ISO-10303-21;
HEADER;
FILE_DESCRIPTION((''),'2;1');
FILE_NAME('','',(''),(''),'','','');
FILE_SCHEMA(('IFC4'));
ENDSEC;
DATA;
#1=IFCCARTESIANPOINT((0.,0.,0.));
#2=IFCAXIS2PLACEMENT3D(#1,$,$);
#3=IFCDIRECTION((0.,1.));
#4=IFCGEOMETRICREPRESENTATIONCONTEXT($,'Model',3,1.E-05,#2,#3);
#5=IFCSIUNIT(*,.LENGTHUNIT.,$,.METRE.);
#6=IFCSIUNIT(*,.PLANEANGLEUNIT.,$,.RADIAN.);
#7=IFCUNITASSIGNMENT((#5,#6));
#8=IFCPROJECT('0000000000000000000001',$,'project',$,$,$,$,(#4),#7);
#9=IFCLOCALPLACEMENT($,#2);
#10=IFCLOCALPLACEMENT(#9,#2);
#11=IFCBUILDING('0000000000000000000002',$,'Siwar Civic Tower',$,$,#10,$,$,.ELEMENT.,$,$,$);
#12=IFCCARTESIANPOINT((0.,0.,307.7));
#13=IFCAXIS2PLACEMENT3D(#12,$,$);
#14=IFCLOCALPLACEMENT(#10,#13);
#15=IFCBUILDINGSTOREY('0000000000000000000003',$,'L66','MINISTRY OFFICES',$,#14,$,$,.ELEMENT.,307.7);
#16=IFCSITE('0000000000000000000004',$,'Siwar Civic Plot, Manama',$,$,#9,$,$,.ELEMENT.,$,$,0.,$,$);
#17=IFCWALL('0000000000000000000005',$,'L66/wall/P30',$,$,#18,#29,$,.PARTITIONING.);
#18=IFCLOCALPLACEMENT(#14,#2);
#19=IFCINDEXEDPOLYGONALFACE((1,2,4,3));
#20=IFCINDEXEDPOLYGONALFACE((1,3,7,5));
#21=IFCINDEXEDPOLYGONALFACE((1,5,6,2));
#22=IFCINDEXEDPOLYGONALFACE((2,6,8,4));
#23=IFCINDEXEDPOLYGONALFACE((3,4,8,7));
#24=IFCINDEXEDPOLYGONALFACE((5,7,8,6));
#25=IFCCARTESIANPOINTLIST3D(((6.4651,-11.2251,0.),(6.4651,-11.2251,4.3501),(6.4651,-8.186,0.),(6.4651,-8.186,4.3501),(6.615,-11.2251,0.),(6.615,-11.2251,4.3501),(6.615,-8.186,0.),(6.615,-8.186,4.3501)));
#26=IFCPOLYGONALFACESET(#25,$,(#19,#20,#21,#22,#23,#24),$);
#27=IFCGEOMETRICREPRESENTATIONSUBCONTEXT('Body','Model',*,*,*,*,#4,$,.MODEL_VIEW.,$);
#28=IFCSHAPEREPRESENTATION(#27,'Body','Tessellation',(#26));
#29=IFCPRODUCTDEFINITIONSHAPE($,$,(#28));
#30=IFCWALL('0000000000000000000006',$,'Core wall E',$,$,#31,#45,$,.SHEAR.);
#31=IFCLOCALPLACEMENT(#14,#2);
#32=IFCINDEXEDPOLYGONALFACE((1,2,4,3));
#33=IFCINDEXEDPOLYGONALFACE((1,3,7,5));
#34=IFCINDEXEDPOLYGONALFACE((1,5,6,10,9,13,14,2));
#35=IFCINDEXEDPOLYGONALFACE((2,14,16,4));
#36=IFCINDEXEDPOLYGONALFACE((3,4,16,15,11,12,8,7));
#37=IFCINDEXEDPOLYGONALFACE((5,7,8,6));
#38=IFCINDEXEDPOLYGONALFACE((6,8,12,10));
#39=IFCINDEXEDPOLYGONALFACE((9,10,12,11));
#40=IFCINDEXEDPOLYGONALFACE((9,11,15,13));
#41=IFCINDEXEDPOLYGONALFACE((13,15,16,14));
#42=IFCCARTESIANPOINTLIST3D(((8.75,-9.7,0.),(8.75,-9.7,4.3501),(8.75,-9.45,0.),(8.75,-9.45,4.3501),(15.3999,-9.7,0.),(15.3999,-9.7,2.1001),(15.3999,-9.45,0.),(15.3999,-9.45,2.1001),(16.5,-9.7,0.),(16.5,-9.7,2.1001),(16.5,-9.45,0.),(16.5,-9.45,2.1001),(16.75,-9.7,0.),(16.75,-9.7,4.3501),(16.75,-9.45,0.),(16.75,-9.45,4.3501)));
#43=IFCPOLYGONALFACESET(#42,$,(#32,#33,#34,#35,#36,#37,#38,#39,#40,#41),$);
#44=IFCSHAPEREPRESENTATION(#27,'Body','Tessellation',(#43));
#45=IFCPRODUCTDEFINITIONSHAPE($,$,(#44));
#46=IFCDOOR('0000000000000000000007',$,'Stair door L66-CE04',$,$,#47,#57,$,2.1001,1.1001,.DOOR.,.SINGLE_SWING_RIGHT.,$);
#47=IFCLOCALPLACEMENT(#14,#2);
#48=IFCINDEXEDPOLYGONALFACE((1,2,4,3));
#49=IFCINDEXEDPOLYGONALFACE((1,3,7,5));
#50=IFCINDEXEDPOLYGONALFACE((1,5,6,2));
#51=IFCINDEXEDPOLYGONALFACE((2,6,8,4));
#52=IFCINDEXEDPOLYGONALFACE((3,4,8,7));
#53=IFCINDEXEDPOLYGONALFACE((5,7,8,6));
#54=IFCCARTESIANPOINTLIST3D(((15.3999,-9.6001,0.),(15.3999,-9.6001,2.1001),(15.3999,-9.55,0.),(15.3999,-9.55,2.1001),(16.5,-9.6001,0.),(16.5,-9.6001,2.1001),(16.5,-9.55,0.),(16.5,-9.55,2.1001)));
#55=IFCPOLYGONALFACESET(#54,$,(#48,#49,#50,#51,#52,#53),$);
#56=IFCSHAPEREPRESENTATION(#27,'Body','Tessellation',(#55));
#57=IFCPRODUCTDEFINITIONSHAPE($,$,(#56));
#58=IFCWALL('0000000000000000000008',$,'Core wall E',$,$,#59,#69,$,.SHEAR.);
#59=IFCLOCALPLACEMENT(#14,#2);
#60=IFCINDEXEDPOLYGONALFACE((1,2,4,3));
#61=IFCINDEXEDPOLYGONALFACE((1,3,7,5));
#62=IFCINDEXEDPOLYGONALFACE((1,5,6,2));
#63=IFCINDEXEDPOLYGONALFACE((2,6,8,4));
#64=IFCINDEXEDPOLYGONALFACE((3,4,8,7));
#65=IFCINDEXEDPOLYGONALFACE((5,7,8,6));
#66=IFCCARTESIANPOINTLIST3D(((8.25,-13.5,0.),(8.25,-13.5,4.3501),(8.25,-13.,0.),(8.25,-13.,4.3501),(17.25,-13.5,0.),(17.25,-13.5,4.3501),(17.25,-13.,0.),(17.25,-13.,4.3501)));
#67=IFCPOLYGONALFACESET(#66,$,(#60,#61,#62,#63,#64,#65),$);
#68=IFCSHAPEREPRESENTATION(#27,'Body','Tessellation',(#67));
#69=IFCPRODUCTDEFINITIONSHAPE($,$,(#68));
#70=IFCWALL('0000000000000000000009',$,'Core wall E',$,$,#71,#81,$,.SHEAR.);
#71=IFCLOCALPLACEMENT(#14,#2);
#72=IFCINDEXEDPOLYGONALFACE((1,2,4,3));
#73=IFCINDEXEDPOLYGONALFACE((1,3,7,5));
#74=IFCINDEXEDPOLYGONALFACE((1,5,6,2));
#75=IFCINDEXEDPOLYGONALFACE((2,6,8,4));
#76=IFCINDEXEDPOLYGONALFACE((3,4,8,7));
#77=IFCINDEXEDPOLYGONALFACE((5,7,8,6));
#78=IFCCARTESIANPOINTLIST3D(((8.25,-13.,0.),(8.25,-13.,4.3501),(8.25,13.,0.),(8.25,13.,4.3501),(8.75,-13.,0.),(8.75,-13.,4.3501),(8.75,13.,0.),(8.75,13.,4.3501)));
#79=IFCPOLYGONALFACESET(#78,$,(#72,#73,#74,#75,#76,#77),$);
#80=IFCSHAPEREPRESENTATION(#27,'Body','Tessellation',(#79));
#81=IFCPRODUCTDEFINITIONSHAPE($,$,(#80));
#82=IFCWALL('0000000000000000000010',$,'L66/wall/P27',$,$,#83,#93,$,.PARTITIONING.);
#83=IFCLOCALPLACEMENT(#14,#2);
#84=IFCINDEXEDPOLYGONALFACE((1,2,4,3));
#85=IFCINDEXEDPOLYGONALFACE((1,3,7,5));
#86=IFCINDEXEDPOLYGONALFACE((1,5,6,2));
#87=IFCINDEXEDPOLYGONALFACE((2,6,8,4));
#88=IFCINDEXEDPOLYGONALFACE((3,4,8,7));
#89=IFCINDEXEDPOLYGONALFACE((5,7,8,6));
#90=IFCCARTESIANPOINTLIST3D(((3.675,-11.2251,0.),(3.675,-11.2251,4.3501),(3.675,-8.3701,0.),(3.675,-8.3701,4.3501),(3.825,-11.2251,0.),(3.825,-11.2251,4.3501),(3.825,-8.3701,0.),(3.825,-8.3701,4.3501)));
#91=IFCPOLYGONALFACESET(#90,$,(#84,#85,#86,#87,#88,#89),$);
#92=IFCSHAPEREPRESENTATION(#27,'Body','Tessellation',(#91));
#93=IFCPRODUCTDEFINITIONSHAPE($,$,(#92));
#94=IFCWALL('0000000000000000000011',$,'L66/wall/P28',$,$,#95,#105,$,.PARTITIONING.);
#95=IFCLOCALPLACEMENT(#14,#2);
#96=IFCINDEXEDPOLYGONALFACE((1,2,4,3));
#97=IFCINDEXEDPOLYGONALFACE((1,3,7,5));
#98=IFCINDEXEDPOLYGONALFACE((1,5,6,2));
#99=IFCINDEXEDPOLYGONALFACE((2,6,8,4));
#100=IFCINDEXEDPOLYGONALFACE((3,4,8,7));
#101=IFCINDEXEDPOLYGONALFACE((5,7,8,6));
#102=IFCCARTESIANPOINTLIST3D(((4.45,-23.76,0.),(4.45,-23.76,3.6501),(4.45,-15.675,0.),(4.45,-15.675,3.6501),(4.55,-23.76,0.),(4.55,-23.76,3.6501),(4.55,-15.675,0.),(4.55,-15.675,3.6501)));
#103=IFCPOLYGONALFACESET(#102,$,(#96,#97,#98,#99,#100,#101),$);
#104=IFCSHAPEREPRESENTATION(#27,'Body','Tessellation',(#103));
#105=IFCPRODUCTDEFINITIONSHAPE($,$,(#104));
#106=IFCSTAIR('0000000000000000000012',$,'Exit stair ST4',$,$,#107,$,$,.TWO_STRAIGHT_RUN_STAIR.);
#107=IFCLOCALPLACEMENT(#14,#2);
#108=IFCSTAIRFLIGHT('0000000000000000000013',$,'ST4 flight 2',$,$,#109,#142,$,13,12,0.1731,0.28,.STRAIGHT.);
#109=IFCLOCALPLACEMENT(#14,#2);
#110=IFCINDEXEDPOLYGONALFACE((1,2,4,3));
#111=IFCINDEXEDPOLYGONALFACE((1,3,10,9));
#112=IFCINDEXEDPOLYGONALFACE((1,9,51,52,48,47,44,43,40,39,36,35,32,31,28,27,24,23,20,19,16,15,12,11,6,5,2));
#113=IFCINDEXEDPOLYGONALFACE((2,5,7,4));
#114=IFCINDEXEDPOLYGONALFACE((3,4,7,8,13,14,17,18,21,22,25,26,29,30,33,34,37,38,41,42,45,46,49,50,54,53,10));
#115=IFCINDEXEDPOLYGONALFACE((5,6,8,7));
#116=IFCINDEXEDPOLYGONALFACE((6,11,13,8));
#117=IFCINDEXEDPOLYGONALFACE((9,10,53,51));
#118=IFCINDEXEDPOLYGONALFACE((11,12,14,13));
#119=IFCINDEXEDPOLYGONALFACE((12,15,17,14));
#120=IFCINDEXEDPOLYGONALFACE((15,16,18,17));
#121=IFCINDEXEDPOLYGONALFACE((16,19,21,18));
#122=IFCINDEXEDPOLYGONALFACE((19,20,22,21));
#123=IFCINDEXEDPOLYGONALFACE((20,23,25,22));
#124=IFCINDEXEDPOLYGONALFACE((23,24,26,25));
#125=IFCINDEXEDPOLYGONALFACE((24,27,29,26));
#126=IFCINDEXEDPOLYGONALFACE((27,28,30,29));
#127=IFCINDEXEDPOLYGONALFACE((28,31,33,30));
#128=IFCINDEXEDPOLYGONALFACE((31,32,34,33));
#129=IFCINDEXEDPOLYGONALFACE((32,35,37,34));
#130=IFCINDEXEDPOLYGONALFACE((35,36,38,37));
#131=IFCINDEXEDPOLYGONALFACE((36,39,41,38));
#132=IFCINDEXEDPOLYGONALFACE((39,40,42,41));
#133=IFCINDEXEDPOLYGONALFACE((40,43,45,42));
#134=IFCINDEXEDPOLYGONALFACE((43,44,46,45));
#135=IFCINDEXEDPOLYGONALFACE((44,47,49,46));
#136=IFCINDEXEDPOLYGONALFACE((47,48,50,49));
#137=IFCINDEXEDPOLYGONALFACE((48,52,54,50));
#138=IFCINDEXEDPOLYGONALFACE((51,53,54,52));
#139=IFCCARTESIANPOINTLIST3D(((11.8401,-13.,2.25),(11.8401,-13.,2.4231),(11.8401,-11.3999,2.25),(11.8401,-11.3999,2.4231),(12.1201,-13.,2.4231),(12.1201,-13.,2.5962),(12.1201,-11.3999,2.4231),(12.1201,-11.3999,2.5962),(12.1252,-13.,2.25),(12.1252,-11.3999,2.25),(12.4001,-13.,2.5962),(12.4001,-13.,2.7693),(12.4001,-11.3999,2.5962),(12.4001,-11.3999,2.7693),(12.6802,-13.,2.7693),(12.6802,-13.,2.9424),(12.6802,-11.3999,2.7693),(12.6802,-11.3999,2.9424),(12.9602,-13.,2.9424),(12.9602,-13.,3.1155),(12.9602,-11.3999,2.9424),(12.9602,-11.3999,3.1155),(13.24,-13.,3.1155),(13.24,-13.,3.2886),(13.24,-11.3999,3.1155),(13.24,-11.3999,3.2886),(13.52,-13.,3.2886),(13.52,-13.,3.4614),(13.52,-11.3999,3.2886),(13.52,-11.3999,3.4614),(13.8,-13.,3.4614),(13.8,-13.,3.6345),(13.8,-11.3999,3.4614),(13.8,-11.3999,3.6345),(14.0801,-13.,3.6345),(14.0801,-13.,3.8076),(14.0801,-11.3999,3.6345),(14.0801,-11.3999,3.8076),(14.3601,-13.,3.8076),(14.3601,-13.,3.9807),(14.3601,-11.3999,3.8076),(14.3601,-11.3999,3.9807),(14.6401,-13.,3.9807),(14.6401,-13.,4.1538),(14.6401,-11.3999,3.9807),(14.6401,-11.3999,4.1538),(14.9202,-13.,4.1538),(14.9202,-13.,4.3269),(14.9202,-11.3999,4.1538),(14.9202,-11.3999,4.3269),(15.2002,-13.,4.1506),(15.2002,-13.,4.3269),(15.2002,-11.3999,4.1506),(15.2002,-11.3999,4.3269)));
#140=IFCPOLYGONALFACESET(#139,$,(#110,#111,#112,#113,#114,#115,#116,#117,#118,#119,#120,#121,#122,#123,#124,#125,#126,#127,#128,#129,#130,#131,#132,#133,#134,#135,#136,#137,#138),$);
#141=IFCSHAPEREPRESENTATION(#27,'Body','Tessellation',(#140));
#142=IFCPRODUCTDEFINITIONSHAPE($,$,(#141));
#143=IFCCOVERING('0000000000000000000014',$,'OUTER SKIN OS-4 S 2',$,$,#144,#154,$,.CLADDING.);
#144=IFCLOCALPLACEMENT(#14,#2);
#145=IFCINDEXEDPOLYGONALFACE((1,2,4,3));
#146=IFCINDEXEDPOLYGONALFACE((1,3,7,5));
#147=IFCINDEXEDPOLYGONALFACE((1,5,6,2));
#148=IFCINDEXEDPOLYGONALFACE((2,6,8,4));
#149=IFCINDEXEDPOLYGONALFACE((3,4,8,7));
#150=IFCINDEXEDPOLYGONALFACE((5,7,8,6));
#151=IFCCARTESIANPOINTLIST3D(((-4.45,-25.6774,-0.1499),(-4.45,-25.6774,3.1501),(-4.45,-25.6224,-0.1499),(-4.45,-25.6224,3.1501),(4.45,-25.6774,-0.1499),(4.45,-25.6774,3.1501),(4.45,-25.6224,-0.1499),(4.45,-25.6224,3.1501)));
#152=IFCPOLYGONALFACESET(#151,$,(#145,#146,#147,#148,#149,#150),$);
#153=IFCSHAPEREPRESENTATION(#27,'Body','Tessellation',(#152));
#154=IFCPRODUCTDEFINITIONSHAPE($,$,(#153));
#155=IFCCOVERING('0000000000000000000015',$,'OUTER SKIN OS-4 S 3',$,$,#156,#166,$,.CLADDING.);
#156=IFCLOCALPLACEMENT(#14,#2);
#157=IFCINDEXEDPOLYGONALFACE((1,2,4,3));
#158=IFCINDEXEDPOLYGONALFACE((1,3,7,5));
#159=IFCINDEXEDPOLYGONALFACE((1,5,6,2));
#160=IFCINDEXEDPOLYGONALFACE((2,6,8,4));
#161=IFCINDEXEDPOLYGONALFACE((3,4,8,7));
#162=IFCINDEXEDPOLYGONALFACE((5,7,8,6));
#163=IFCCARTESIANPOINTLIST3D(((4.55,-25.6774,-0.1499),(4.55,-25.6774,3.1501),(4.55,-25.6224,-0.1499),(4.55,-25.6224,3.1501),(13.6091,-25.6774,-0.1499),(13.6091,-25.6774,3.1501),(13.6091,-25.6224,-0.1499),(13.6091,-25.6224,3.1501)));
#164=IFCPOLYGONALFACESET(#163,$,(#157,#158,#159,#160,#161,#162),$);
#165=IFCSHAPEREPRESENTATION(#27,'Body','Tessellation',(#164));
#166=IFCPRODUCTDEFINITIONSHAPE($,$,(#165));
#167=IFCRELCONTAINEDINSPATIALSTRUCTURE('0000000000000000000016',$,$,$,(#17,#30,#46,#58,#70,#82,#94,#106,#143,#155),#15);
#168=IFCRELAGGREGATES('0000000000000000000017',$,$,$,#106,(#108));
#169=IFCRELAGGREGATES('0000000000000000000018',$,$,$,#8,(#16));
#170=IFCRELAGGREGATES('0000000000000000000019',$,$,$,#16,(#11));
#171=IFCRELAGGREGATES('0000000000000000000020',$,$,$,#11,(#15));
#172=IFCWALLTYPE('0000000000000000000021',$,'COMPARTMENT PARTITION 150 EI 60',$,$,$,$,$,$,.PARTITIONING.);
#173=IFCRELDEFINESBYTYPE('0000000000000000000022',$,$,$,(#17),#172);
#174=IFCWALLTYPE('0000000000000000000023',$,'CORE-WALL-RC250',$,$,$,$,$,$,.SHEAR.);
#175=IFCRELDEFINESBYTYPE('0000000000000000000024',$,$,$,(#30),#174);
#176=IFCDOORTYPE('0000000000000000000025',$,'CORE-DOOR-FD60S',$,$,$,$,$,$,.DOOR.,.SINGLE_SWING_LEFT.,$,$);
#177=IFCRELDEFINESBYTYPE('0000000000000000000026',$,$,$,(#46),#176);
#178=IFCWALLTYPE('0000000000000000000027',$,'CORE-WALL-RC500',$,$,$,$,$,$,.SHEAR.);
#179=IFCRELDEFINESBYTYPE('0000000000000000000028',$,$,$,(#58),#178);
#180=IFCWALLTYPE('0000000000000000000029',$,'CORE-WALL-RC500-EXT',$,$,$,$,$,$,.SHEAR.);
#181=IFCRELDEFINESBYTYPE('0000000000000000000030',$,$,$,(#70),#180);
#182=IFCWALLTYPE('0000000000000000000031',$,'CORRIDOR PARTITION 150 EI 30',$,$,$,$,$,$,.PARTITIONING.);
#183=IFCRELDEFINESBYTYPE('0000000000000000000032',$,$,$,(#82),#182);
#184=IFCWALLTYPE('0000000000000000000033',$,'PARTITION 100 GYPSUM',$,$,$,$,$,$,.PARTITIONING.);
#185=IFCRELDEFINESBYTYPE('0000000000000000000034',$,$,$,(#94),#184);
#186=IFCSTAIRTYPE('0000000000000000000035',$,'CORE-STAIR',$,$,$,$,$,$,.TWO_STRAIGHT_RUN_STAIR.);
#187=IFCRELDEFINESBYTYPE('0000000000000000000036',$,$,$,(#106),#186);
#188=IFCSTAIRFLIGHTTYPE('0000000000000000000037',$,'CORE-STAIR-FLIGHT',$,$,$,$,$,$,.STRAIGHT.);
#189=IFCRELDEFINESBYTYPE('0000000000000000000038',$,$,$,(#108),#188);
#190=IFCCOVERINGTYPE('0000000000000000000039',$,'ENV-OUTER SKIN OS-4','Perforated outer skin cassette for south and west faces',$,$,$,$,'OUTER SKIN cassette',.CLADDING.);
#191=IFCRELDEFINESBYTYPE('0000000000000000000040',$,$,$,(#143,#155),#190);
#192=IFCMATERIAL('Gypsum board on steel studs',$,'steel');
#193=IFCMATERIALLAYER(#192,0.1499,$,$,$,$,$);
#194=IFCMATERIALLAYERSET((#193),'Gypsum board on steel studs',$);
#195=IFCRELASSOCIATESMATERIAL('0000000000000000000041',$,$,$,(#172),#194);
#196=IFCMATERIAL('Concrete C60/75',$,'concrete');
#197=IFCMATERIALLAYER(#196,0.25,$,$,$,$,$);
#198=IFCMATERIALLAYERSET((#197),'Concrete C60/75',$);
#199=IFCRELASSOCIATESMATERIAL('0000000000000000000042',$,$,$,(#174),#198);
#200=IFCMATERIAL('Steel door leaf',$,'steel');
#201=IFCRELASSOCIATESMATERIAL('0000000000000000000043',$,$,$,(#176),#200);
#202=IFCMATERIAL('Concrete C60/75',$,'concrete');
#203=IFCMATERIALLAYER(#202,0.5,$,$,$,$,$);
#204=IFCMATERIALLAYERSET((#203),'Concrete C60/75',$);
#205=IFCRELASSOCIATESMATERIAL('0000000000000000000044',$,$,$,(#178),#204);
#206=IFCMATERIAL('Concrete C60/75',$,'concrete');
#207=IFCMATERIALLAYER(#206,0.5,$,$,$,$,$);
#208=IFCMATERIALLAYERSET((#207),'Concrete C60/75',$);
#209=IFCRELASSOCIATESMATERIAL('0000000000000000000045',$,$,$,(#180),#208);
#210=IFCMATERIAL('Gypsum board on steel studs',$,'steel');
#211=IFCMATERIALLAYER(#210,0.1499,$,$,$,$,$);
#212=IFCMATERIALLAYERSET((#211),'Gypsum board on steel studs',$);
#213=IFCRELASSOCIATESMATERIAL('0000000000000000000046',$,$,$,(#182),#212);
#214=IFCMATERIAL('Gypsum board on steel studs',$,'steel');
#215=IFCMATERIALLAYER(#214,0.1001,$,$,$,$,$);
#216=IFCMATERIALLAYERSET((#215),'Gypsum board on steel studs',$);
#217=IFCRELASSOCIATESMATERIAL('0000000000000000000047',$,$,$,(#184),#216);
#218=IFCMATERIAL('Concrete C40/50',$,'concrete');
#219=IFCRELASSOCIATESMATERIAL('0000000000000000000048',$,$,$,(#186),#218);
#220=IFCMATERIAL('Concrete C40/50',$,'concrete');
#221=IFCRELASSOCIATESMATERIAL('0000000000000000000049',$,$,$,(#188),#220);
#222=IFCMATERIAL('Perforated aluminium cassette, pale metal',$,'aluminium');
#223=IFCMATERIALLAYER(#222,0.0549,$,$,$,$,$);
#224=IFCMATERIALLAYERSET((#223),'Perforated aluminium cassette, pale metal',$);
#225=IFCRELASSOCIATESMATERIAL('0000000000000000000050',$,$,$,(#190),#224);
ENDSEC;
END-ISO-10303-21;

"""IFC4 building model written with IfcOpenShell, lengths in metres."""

from ifc_helpers import new_model, si_unit, direction, frame, frame_2d, origin, origin_2d, place, context, subcontext, project, spatial, polyline, rectangle, outline, extrude, material, layer, layer_set, type_object, element, fill, aggregate, save


model = new_model("IFC4")

# Units and contexts
model_context = context("Model", 3, precision=1e-05, world=origin(), true_north=direction((0.0, 1.0)))
body_context = subcontext(model_context, "Body", "Model", "MODEL_VIEW")
ifc_project = project(units=[si_unit("LENGTHUNIT", "METRE"), si_unit("PLANEANGLEUNIT", "RADIAN")], contexts=[model_context])

# Site, building, storey
site_placement = place(None, origin())
site = spatial("IfcSite", under=ifc_project, at=site_placement, Name="Siwar Civic Plot, Manama", CompositionType="ELEMENT", RefElevation=0.0)
building_placement = place(site_placement, origin())
building = spatial("IfcBuilding", under=site, at=building_placement, Name="Siwar Civic Tower", CompositionType="ELEMENT")
storey_placement = place(building_placement, frame((0.0, 0.0, 307.7)))
storey = spatial("IfcBuildingStorey", under=building, at=storey_placement, Name="L66", Description="MINISTRY OFFICES", CompositionType="ELEMENT", Elevation=307.7)

# Shared definitions
ifc_material_1 = material(Name="Gypsum board on steel studs", Category="steel")
ifc_layer_1 = layer(ifc_material_1, 0.1499)
ifc_layer_set_1 = layer_set([ifc_layer_1], Name="Gypsum board on steel studs")
wall_type_1 = type_object("IfcWallType", Name="COMPARTMENT PARTITION 150 EI 60", PredefinedType="PARTITIONING", material=ifc_layer_set_1)

# Wall
wall_1_placement = place(storey_placement, frame((6.54, -11.2251, 0.0), z_axis=(0.0, 0.0, 1.0), x_axis=(0.0, 1.0, 0.0)))
element("IfcWall", 1, at=wall_1_placement, inside=storey, type_object=wall_type_1, Name="L66/wall/P30", PredefinedType="PARTITIONING", context=body_context, shape_type="SweptSolid", body=[
    extrude(rectangle(XDim=3.0391, YDim=0.1499, at=frame_2d((1.5195, 0.0))), origin(), (0.0, 0.0, 1.0), 4.3501),
])

# Wall, opening, door
ifc_material_2 = material(Name="Concrete C60/75", Category="concrete")
ifc_layer_2 = layer(ifc_material_2, 0.25)
ifc_layer_set_2 = layer_set([ifc_layer_2], Name="Concrete C60/75")
wall_type_2 = type_object("IfcWallType", Name="CORE-WALL-RC250", PredefinedType="SHEAR", material=ifc_layer_set_2)
wall_2_placement = place(storey_placement, frame((8.75, -9.575, 0.0), z_axis=(0.0, 0.0, 1.0), x_axis=(1.0, 0.0, 0.0)))
wall_2 = element("IfcWall", 2, at=wall_2_placement, inside=storey, type_object=wall_type_2, Name="Core wall E", PredefinedType="SHEAR", context=body_context, shape_type="SweptSolid", body=[
    extrude(rectangle(XDim=8.0, YDim=0.25, at=frame_2d((4.0, 0.0))), origin(), (0.0, 0.0, 1.0), 4.3501),
])
opening_1_placement = place(wall_2_placement, frame((6.6499, 0.0, 0.0)))
opening_1 = element("IfcOpeningElement", 3, at=opening_1_placement, cuts=wall_2, PredefinedType="OPENING", context=body_context, shape_type="SweptSolid", body=[
    extrude(rectangle(XDim=1.1001, YDim=2.1001, at=frame_2d((0.55, 1.05))), frame((0.0, 0.135, 0.0), z_axis=(0.0, -1.0, 0.0), x_axis=(1.0, 0.0, 0.0)), (0.0, 0.0, 1.0), 0.27),
])
ifc_material_3 = material(Name="Steel door leaf", Category="steel")
door_type_1 = type_object("IfcDoorType", Name="CORE-DOOR-FD60S", OperationType="SINGLE_SWING_LEFT", PredefinedType="DOOR", material=ifc_material_3)
door_1_placement = place(opening_1_placement, origin())
door_1 = element("IfcDoor", 4, at=door_1_placement, inside=storey, type_object=door_type_1, Name="Stair door L66-CE04", OperationType="SINGLE_SWING_RIGHT", OverallHeight=2.1001, OverallWidth=1.1001, PredefinedType="DOOR", context=body_context, shape_type="SweptSolid", body=[
    extrude(rectangle(XDim=1.1001, YDim=2.1001, at=frame_2d((0.55, 1.05))), frame((0.0, 0.0249, 0.0), z_axis=(0.0, -1.0, 0.0), x_axis=(1.0, 0.0, 0.0)), (0.0, 0.0, 1.0), 0.05),
])
fill(opening_1, door_1)

# Walls
ifc_material_4 = material(Name="Concrete C60/75", Category="concrete")
ifc_layer_3 = layer(ifc_material_4, 0.5)
ifc_layer_set_3 = layer_set([ifc_layer_3], Name="Concrete C60/75")
wall_type_3 = type_object("IfcWallType", Name="CORE-WALL-RC500", PredefinedType="SHEAR", material=ifc_layer_set_3)
wall_3_placement = place(storey_placement, frame((8.25, -13.25, 0.0), z_axis=(0.0, 0.0, 1.0), x_axis=(1.0, 0.0, 0.0)))
element("IfcWall", 5, at=wall_3_placement, inside=storey, type_object=wall_type_3, Name="Core wall E", PredefinedType="SHEAR", context=body_context, shape_type="SweptSolid", body=[
    extrude(rectangle(XDim=9.0, YDim=0.5, at=frame_2d((4.5, 0.0))), origin(), (0.0, 0.0, 1.0), 4.3501),
])
ifc_material_5 = material(Name="Concrete C60/75", Category="concrete")
ifc_layer_4 = layer(ifc_material_5, 0.5)
ifc_layer_set_4 = layer_set([ifc_layer_4], Name="Concrete C60/75")
wall_type_4 = type_object("IfcWallType", Name="CORE-WALL-RC500-EXT", PredefinedType="SHEAR", material=ifc_layer_set_4)
wall_4_placement = place(storey_placement, frame((8.5, -13.0, 0.0), z_axis=(0.0, 0.0, 1.0), x_axis=(0.0, 1.0, 0.0)))
element("IfcWall", 6, at=wall_4_placement, inside=storey, type_object=wall_type_4, Name="Core wall E", PredefinedType="SHEAR", context=body_context, shape_type="SweptSolid", body=[
    extrude(rectangle(XDim=26.0, YDim=0.5, at=frame_2d((13.0, 0.0))), origin(), (0.0, 0.0, 1.0), 4.3501),
])
ifc_material_6 = material(Name="Gypsum board on steel studs", Category="steel")
ifc_layer_5 = layer(ifc_material_6, 0.1499)
ifc_layer_set_5 = layer_set([ifc_layer_5], Name="Gypsum board on steel studs")
wall_type_5 = type_object("IfcWallType", Name="CORRIDOR PARTITION 150 EI 30", PredefinedType="PARTITIONING", material=ifc_layer_set_5)
wall_5_placement = place(storey_placement, frame((3.75, -11.2251, 0.0), z_axis=(0.0, 0.0, 1.0), x_axis=(0.0, 1.0, 0.0)))
element("IfcWall", 7, at=wall_5_placement, inside=storey, type_object=wall_type_5, Name="L66/wall/P27", PredefinedType="PARTITIONING", context=body_context, shape_type="SweptSolid", body=[
    extrude(rectangle(XDim=2.855, YDim=0.1499, at=frame_2d((1.4275, 0.0))), origin(), (0.0, 0.0, 1.0), 4.3501),
])
ifc_material_7 = material(Name="Gypsum board on steel studs", Category="steel")
ifc_layer_6 = layer(ifc_material_7, 0.1001)
ifc_layer_set_6 = layer_set([ifc_layer_6], Name="Gypsum board on steel studs")
wall_type_6 = type_object("IfcWallType", Name="PARTITION 100 GYPSUM", PredefinedType="PARTITIONING", material=ifc_layer_set_6)
wall_6_placement = place(storey_placement, frame((4.5, -23.76, 0.0), z_axis=(0.0, 0.0, 1.0), x_axis=(0.0, 1.0, 0.0)))
element("IfcWall", 8, at=wall_6_placement, inside=storey, type_object=wall_type_6, Name="L66/wall/P28", PredefinedType="PARTITIONING", context=body_context, shape_type="SweptSolid", body=[
    extrude(rectangle(XDim=8.085, YDim=0.1001, at=frame_2d((4.0425, 0.0))), origin(), (0.0, 0.0, 1.0), 3.6501),
])

# Stair, stair flight
ifc_material_8 = material(Name="Concrete C40/50", Category="concrete")
stair_type = type_object("IfcStairType", Name="CORE-STAIR", PredefinedType="TWO_STRAIGHT_RUN_STAIR", material=ifc_material_8)
stair_placement = place(storey_placement, origin())
stair = element("IfcStair", 9, at=stair_placement, inside=storey, type_object=stair_type, Name="Exit stair ST4", PredefinedType="TWO_STRAIGHT_RUN_STAIR")
ifc_material_9 = material(Name="Concrete C40/50", Category="concrete")
stair_flight_type = type_object("IfcStairFlightType", Name="CORE-STAIR-FLIGHT", PredefinedType="STRAIGHT", material=ifc_material_9)
stair_flight_placement = place(storey_placement, frame((11.8401, -12.2, 2.25), z_axis=(0.0, 0.0, 1.0), x_axis=(1.0, 0.0, 0.0)))
stair_flight = element("IfcStairFlight", 10, at=stair_flight_placement, type_object=stair_flight_type, Name="ST4 flight 2", NumberOfRisers=13, NumberOfTreads=12, PredefinedType="STRAIGHT", RiserHeight=0.1731, TreadLength=0.28, context=body_context, shape_type="SweptSolid", body=[
    extrude(outline(polyline([(0.0, 0.0), (0.0, 0.1731), (0.28, 0.1731), (0.28, 0.3462), (0.5601, 0.3462), (0.5601, 0.5193), (0.8401, 0.5193), (0.8401, 0.6924), (1.1201, 0.6924), (1.1201, 0.8655), (1.3999, 0.8655), (1.3999, 1.0386), (1.6799, 1.0386), (1.6799, 1.2114), (1.96, 1.2114), (1.96, 1.3845), (2.24, 1.3845), (2.24, 1.5576), (2.52, 1.5576), (2.52, 1.7307), (2.8, 1.7307), (2.8, 1.9038), (3.0801, 1.9038), (3.0801, 2.0769), (3.3601, 2.0769), (3.3601, 2.25), (3.3601, 1.9006), (0.2852, 0.0), (0.0, 0.0)])), frame((0.0, 0.8, 0.0), z_axis=(0.0, -1.0, 0.0), x_axis=(1.0, 0.0, 0.0)), (0.0, 0.0, 1.0), 1.6001),
])
aggregate(stair, [stair_flight])

# Coverings
ifc_material_10 = material(Name="Perforated aluminium cassette, pale metal", Category="aluminium")
ifc_layer_7 = layer(ifc_material_10, 0.0549)
ifc_layer_set_7 = layer_set([ifc_layer_7], Name="Perforated aluminium cassette, pale metal")
covering_type = type_object("IfcCoveringType", Name="ENV-OUTER SKIN OS-4", Description="Perforated outer skin cassette for south and west faces", ElementType="OUTER SKIN cassette", PredefinedType="CLADDING", material=ifc_layer_set_7)
covering_1_placement = place(storey_placement, frame((0.0, -25.6499, -0.1499), z_axis=(0.0, 0.0, 1.0), x_axis=(1.0, 0.0, 0.0)))
element("IfcCovering", 11, at=covering_1_placement, inside=storey, type_object=covering_type, Name="OUTER SKIN OS-4 S 2", PredefinedType="CLADDING", context=body_context, shape_type="SweptSolid", body=[
    extrude(rectangle(XDim=8.8999, YDim=0.0549, at=origin_2d()), origin(), (0.0, 0.0, 1.0), 3.3),
])
covering_2_placement = place(storey_placement, frame((9.0796, -25.6499, -0.1499), z_axis=(0.0, 0.0, 1.0), x_axis=(1.0, 0.0, 0.0)))
element("IfcCovering", 12, at=covering_2_placement, inside=storey, type_object=covering_type, Name="OUTER SKIN OS-4 S 3", PredefinedType="CLADDING", context=body_context, shape_type="SweptSolid", body=[
    extrude(rectangle(XDim=9.0591, YDim=0.0549, at=origin_2d()), origin(), (0.0, 0.0, 1.0), 3.3),
])

save(model, "model.ifc")
